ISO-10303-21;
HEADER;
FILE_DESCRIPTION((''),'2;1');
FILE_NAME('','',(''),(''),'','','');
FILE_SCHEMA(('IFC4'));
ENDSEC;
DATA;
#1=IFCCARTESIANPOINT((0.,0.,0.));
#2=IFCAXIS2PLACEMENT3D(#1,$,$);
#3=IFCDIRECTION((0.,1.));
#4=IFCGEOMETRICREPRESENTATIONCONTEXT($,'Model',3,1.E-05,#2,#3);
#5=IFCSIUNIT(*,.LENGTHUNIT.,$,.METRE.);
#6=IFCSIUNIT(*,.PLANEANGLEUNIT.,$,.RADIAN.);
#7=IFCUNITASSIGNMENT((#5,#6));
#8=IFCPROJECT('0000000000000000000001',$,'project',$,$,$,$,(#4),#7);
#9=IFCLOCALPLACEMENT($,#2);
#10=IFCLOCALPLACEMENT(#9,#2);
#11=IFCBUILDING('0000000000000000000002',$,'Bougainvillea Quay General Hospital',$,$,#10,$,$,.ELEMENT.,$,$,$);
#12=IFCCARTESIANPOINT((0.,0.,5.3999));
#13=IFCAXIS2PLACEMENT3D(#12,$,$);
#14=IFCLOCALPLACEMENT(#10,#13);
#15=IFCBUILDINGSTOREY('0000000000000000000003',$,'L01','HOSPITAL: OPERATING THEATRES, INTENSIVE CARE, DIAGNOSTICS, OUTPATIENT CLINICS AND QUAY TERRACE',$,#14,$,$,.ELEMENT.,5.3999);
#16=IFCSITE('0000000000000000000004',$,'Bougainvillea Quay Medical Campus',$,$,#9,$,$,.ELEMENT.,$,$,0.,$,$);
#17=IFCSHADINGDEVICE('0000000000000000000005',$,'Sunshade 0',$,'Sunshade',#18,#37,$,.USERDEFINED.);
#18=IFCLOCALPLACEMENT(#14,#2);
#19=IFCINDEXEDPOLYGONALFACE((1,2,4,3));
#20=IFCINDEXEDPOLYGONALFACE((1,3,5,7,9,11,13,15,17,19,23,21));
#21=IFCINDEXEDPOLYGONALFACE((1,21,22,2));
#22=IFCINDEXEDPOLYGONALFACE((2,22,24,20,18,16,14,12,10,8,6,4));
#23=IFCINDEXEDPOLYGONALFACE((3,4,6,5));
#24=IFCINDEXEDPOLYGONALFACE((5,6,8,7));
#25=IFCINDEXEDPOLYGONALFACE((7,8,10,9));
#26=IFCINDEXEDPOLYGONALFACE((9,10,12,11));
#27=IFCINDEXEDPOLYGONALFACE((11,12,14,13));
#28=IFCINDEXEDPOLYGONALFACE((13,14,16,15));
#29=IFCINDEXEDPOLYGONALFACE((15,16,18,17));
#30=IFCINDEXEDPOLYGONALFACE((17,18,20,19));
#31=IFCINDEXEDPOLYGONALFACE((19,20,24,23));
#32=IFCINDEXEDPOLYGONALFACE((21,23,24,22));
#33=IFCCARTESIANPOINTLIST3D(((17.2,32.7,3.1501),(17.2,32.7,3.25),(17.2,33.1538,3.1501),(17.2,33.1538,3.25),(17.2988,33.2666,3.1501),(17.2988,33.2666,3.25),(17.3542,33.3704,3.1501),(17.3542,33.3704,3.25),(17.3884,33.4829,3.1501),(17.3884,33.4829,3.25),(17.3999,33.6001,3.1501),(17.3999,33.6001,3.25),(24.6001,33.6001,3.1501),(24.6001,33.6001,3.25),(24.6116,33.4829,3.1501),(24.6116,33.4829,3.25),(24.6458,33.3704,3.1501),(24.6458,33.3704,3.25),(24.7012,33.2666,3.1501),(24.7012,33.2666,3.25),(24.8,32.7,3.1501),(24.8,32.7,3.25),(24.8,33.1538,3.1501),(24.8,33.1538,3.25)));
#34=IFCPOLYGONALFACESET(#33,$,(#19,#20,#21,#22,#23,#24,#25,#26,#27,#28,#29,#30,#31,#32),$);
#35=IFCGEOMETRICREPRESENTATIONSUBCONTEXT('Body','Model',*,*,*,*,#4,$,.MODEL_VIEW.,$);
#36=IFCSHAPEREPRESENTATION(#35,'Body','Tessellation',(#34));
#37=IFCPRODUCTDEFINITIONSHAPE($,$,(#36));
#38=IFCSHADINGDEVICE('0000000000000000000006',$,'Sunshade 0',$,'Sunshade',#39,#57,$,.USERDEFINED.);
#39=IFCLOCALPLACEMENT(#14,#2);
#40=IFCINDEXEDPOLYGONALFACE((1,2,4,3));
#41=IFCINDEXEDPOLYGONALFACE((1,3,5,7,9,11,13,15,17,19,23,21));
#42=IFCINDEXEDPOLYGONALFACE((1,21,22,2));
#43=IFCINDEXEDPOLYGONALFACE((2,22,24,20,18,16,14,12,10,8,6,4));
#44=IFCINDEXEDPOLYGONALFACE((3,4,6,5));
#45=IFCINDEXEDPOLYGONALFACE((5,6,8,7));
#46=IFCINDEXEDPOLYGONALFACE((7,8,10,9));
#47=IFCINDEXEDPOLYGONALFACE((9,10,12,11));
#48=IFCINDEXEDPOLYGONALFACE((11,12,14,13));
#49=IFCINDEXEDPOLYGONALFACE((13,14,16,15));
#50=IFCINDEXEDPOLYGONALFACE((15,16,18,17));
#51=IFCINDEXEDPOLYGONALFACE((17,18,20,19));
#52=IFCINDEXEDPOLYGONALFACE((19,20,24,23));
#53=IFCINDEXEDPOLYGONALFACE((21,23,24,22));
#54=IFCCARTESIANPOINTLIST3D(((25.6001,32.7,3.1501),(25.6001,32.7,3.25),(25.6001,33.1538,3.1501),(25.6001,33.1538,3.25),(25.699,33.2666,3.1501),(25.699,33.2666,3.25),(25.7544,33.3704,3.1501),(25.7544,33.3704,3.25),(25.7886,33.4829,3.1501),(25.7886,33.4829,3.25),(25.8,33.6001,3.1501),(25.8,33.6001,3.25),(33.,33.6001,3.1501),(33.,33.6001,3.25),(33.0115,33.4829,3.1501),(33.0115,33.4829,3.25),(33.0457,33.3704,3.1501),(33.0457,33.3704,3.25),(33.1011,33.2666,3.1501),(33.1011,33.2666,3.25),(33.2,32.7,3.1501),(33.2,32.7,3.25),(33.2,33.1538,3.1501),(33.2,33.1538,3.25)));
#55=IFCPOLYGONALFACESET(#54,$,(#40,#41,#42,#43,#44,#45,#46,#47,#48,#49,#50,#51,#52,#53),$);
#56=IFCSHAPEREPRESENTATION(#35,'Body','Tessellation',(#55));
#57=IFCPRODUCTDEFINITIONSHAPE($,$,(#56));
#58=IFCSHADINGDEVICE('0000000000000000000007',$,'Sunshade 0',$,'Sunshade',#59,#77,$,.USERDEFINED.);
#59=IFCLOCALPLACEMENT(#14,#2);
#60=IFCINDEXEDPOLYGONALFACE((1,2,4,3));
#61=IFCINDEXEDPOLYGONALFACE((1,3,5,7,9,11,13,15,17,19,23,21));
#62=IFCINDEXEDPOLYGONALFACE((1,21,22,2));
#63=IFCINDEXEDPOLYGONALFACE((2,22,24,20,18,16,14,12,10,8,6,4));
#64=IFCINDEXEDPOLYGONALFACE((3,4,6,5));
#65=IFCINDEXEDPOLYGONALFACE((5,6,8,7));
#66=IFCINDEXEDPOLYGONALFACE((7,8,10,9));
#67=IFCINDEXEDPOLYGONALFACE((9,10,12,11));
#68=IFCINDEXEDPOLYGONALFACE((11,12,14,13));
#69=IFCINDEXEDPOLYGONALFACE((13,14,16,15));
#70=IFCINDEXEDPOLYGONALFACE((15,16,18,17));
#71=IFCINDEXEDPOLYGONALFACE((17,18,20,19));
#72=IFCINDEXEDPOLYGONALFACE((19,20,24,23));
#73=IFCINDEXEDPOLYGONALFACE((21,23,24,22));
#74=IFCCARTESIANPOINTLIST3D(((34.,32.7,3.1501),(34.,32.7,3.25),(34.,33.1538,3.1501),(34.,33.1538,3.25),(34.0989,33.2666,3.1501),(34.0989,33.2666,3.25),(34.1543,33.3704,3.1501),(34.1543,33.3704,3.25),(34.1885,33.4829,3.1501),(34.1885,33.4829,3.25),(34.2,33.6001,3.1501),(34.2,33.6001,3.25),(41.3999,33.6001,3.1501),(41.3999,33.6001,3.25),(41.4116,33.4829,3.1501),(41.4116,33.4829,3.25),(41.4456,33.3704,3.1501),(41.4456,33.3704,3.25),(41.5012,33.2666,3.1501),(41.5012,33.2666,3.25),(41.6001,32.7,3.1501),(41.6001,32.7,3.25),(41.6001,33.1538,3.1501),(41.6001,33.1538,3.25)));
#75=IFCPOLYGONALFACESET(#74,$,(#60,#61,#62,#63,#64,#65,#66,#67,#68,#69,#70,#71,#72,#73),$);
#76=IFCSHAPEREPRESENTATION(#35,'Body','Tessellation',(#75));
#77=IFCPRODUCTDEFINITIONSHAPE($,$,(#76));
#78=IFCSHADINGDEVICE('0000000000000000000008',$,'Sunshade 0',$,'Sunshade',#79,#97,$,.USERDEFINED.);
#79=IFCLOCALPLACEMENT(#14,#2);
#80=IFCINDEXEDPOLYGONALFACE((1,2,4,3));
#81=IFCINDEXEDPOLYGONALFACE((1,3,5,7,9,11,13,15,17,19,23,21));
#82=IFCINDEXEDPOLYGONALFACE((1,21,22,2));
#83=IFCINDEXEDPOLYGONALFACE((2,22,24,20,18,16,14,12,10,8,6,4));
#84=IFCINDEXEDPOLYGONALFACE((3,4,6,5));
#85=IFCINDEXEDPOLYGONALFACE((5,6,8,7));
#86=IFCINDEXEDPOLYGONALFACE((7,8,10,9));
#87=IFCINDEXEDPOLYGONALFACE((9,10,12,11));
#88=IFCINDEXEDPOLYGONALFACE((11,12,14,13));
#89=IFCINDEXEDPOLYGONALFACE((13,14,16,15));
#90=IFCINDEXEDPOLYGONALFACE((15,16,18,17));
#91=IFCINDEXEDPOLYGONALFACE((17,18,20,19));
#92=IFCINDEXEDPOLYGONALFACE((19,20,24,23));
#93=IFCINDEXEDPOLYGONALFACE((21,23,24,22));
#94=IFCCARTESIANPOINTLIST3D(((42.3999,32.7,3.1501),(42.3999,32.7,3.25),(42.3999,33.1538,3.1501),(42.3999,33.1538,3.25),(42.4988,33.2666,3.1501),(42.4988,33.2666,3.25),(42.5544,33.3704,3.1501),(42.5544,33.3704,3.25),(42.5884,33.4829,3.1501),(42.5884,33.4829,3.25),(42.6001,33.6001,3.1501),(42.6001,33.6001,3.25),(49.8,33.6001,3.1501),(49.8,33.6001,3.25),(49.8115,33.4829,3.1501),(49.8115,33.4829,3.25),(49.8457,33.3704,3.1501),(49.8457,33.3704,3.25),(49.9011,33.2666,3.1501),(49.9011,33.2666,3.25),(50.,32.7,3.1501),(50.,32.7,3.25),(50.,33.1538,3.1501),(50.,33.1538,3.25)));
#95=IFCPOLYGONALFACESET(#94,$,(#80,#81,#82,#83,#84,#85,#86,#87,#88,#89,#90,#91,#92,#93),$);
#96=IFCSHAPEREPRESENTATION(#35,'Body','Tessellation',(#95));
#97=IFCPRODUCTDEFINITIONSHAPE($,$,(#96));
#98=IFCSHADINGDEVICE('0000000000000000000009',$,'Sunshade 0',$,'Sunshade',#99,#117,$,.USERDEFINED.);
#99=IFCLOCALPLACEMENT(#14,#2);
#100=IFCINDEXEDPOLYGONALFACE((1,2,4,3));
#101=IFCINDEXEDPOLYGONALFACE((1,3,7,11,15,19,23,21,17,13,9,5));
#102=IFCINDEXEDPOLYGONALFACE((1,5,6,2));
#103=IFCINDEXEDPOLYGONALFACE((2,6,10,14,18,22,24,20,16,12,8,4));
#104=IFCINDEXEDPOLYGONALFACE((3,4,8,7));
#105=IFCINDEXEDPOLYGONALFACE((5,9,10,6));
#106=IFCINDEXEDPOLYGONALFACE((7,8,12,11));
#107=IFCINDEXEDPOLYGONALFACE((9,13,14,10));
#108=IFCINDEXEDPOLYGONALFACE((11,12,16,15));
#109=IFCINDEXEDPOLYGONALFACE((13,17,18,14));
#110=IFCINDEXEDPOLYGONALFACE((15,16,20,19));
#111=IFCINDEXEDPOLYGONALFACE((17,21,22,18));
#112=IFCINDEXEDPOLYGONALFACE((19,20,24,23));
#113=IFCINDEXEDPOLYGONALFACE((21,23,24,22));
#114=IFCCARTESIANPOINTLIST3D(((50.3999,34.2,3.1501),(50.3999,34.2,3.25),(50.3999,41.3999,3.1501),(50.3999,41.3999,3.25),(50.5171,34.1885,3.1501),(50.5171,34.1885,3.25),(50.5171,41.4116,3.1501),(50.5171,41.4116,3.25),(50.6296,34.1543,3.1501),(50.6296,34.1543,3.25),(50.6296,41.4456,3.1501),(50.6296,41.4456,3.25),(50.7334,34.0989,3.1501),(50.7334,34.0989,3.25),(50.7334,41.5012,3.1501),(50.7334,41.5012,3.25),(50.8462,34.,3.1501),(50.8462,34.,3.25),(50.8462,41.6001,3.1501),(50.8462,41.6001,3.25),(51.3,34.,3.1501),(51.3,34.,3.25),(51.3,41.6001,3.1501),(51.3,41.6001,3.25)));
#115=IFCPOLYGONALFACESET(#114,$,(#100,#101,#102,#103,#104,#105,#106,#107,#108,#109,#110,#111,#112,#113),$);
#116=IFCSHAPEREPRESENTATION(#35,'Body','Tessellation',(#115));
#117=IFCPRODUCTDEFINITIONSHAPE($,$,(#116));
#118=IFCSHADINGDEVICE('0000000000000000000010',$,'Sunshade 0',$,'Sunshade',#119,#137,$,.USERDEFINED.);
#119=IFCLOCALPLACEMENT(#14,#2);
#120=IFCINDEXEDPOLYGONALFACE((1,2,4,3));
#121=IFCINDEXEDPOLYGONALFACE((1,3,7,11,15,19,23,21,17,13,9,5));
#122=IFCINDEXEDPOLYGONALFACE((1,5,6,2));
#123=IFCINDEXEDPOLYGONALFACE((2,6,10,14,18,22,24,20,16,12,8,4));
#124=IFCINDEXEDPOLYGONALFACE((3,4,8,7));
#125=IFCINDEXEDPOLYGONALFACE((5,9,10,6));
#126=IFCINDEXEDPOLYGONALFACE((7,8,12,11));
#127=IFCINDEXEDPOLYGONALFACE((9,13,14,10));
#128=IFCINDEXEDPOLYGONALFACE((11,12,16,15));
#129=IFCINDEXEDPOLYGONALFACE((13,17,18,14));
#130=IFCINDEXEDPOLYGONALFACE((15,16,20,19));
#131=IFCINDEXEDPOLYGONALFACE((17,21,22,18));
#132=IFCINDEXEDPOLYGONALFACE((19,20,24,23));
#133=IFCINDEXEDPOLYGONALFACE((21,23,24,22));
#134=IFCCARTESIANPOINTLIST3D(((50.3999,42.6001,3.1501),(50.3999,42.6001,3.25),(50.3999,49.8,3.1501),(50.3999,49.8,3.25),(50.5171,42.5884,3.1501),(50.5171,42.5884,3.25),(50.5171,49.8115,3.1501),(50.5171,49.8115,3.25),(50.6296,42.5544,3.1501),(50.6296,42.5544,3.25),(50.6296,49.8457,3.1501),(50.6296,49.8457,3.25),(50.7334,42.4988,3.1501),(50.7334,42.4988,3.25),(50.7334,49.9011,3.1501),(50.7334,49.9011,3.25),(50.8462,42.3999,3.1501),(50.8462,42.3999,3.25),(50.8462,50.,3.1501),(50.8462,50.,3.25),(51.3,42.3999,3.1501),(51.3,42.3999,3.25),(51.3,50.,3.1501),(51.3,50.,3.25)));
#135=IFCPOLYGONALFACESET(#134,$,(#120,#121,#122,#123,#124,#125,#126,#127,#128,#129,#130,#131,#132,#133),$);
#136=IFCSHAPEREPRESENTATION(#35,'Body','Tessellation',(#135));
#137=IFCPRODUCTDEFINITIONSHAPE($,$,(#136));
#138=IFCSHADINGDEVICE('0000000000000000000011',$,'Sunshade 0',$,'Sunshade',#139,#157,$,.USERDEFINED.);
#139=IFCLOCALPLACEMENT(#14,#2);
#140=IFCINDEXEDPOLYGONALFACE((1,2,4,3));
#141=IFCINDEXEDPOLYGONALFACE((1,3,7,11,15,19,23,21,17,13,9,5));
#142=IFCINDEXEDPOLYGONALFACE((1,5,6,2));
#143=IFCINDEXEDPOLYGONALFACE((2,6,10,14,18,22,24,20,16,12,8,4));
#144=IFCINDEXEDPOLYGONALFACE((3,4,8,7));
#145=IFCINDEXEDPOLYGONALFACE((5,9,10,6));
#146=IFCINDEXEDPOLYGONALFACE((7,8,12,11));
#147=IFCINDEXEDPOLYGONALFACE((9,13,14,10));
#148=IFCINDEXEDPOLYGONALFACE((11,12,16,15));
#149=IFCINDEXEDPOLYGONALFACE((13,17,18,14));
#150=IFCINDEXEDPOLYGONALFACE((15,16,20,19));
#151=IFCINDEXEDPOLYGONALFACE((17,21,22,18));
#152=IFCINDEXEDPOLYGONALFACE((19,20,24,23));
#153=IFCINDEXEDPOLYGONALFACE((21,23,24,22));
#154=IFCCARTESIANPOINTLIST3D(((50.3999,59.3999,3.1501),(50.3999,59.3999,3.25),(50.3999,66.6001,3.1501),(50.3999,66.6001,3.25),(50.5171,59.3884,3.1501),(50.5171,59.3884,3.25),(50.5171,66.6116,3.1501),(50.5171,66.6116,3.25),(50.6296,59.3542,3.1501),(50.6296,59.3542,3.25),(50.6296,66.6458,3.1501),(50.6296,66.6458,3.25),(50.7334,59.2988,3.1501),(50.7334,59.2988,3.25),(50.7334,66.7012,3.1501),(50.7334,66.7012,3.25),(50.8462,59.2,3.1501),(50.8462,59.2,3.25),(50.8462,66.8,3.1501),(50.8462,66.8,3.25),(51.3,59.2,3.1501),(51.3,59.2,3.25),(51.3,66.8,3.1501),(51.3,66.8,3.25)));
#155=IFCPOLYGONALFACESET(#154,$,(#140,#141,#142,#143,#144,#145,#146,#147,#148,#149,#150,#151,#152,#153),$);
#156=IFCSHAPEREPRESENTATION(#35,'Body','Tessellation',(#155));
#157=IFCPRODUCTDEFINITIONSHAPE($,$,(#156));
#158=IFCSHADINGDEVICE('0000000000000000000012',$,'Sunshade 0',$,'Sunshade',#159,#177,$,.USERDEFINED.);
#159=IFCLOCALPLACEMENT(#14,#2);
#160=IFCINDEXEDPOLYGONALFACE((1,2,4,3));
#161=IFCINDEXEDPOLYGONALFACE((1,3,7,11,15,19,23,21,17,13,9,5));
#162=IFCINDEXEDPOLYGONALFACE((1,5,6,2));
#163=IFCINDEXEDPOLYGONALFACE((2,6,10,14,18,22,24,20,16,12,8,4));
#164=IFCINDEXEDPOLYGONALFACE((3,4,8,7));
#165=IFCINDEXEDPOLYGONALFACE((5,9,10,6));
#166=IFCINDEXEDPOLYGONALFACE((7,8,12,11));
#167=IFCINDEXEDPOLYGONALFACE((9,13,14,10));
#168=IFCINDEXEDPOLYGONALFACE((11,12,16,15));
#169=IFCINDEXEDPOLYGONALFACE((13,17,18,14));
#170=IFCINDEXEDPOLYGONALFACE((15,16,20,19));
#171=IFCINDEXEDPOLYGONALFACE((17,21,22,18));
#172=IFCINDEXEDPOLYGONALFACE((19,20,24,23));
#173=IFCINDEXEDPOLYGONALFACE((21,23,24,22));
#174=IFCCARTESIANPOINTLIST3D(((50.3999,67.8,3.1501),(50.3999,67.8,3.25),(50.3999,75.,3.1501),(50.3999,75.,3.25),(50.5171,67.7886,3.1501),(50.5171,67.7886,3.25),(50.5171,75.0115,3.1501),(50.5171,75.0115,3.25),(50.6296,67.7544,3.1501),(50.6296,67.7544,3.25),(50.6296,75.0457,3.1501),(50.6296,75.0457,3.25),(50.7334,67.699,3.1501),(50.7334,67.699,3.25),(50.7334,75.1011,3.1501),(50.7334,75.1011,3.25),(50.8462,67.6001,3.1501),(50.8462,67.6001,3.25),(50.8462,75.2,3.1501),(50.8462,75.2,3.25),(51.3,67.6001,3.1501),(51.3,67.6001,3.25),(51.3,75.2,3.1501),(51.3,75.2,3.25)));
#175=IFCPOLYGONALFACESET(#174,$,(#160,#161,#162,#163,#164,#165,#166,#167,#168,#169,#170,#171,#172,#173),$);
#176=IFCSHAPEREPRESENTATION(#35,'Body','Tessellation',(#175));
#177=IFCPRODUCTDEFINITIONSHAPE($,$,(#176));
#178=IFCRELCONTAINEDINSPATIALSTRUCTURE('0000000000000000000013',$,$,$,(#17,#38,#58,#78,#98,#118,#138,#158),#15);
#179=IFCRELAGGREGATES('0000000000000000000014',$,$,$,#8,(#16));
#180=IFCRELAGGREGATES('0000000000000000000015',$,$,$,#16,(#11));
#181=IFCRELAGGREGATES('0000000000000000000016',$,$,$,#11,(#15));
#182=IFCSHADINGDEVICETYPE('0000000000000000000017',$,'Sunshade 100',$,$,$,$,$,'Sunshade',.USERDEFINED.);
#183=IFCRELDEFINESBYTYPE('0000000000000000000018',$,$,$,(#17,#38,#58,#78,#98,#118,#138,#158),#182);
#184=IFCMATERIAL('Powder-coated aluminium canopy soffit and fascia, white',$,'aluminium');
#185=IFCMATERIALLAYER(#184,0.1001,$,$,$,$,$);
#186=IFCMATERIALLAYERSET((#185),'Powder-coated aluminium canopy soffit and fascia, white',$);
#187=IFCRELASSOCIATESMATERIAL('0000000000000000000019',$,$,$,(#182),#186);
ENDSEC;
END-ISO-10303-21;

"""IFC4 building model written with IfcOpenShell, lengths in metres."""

from ifc_helpers import new_model, si_unit, direction, frame, origin, place, context, subcontext, project, spatial, polyline, outline, extrude, material, layer, layer_set, type_object, element, save


model = new_model("IFC4")

# Units and contexts
model_context = context("Model", 3, precision=1e-05, world=origin(), true_north=direction((0.0, 1.0)))
body_context = subcontext(model_context, "Body", "Model", "MODEL_VIEW")
ifc_project = project(units=[si_unit("LENGTHUNIT", "METRE"), si_unit("PLANEANGLEUNIT", "RADIAN")], contexts=[model_context])

# Site, building, storey
site_placement = place(None, origin())
site = spatial("IfcSite", under=ifc_project, at=site_placement, Name="Bougainvillea Quay Medical Campus", CompositionType="ELEMENT", RefElevation=0.0)
building_placement = place(site_placement, origin())
building = spatial("IfcBuilding", under=site, at=building_placement, Name="Bougainvillea Quay General Hospital", CompositionType="ELEMENT")
storey_placement = place(building_placement, frame((0.0, 0.0, 5.3999)))
storey = spatial("IfcBuildingStorey", under=building, at=storey_placement, Name="L01", Description="HOSPITAL: OPERATING THEATRES, INTENSIVE CARE, DIAGNOSTICS, OUTPATIENT CLINICS AND QUAY TERRACE", CompositionType="ELEMENT", Elevation=5.3999)

# Shading devices
ifc_material_1 = material(Name="Powder-coated aluminium canopy soffit and fascia, white", Category="aluminium")
ifc_layer_1 = layer(ifc_material_1, 0.1001)
ifc_layer_set_1 = layer_set([ifc_layer_1], Name="Powder-coated aluminium canopy soffit and fascia, white")
shading_device_type = type_object("IfcShadingDeviceType", Name="Sunshade 100", ElementType="Sunshade", PredefinedType="USERDEFINED", material=ifc_layer_set_1)
shading_device_1_placement = place(storey_placement, frame((0.0, 0.0, 3.1501)))
element("IfcShadingDevice", 1, at=shading_device_1_placement, inside=storey, type_object=shading_device_type, Name="Sunshade 0", ObjectType="Sunshade", PredefinedType="USERDEFINED", context=body_context, shape_type="SweptSolid", body=[
    extrude(outline(polyline([(24.6001, 33.6001), (17.3999, 33.6001), (17.3884, 33.4829), (17.3542, 33.3704), (17.2988, 33.2666), (17.2, 33.1538), (17.2, 32.7), (24.8, 32.7), (24.8, 33.1538), (24.7012, 33.2666), (24.6458, 33.3704), (24.6116, 33.4829), (24.6001, 33.6001)])), origin(), (0.0, 0.0, 1.0), 0.0999),
])
shading_device_2_placement = place(storey_placement, frame((0.0, 0.0, 3.1501)))
element("IfcShadingDevice", 2, at=shading_device_2_placement, inside=storey, type_object=shading_device_type, Name="Sunshade 0", ObjectType="Sunshade", PredefinedType="USERDEFINED", context=body_context, shape_type="SweptSolid", body=[
    extrude(outline(polyline([(33.0, 33.6001), (25.8, 33.6001), (25.7886, 33.4829), (25.7544, 33.3704), (25.699, 33.2666), (25.6001, 33.1538), (25.6001, 32.7), (33.2, 32.7), (33.2, 33.1538), (33.1011, 33.2666), (33.0457, 33.3704), (33.0115, 33.4829), (33.0, 33.6001)])), origin(), (0.0, 0.0, 1.0), 0.0999),
])
shading_device_3_placement = place(storey_placement, frame((0.0, 0.0, 3.1501)))
element("IfcShadingDevice", 3, at=shading_device_3_placement, inside=storey, type_object=shading_device_type, Name="Sunshade 0", ObjectType="Sunshade", PredefinedType="USERDEFINED", context=body_context, shape_type="SweptSolid", body=[
    extrude(outline(polyline([(41.3999, 33.6001), (34.2, 33.6001), (34.1885, 33.4829), (34.1543, 33.3704), (34.0989, 33.2666), (34.0, 33.1538), (34.0, 32.7), (41.6001, 32.7), (41.6001, 33.1538), (41.5012, 33.2666), (41.4456, 33.3704), (41.4116, 33.4829), (41.3999, 33.6001)])), origin(), (0.0, 0.0, 1.0), 0.0999),
])
shading_device_4_placement = place(storey_placement, frame((0.0, 0.0, 3.1501)))
element("IfcShadingDevice", 4, at=shading_device_4_placement, inside=storey, type_object=shading_device_type, Name="Sunshade 0", ObjectType="Sunshade", PredefinedType="USERDEFINED", context=body_context, shape_type="SweptSolid", body=[
    extrude(outline(polyline([(49.8, 33.6001), (42.6001, 33.6001), (42.5884, 33.4829), (42.5544, 33.3704), (42.4988, 33.2666), (42.3999, 33.1538), (42.3999, 32.7), (50.0, 32.7), (50.0, 33.1538), (49.9011, 33.2666), (49.8457, 33.3704), (49.8115, 33.4829), (49.8, 33.6001)])), origin(), (0.0, 0.0, 1.0), 0.0999),
])
shading_device_5_placement = place(storey_placement, frame((0.0, 0.0, 3.1501)))
element("IfcShadingDevice", 5, at=shading_device_5_placement, inside=storey, type_object=shading_device_type, Name="Sunshade 0", ObjectType="Sunshade", PredefinedType="USERDEFINED", context=body_context, shape_type="SweptSolid", body=[
    extrude(outline(polyline([(50.3999, 41.3999), (50.3999, 34.2), (50.5171, 34.1885), (50.6296, 34.1543), (50.7334, 34.0989), (50.8462, 34.0), (51.3, 34.0), (51.3, 41.6001), (50.8462, 41.6001), (50.7334, 41.5012), (50.6296, 41.4456), (50.5171, 41.4116), (50.3999, 41.3999)])), origin(), (0.0, 0.0, 1.0), 0.0999),
])
shading_device_6_placement = place(storey_placement, frame((0.0, 0.0, 3.1501)))
element("IfcShadingDevice", 6, at=shading_device_6_placement, inside=storey, type_object=shading_device_type, Name="Sunshade 0", ObjectType="Sunshade", PredefinedType="USERDEFINED", context=body_context, shape_type="SweptSolid", body=[
    extrude(outline(polyline([(50.3999, 49.8), (50.3999, 42.6001), (50.5171, 42.5884), (50.6296, 42.5544), (50.7334, 42.4988), (50.8462, 42.3999), (51.3, 42.3999), (51.3, 50.0), (50.8462, 50.0), (50.7334, 49.9011), (50.6296, 49.8457), (50.5171, 49.8115), (50.3999, 49.8)])), origin(), (0.0, 0.0, 1.0), 0.0999),
])
shading_device_7_placement = place(storey_placement, frame((0.0, 0.0, 3.1501)))
element("IfcShadingDevice", 7, at=shading_device_7_placement, inside=storey, type_object=shading_device_type, Name="Sunshade 0", ObjectType="Sunshade", PredefinedType="USERDEFINED", context=body_context, shape_type="SweptSolid", body=[
    extrude(outline(polyline([(50.3999, 66.6001), (50.3999, 59.3999), (50.5171, 59.3884), (50.6296, 59.3542), (50.7334, 59.2988), (50.8462, 59.2), (51.3, 59.2), (51.3, 66.8), (50.8462, 66.8), (50.7334, 66.7012), (50.6296, 66.6458), (50.5171, 66.6116), (50.3999, 66.6001)])), origin(), (0.0, 0.0, 1.0), 0.0999),
])
shading_device_8_placement = place(storey_placement, frame((0.0, 0.0, 3.1501)))
element("IfcShadingDevice", 8, at=shading_device_8_placement, inside=storey, type_object=shading_device_type, Name="Sunshade 0", ObjectType="Sunshade", PredefinedType="USERDEFINED", context=body_context, shape_type="SweptSolid", body=[
    extrude(outline(polyline([(50.3999, 75.0), (50.3999, 67.8), (50.5171, 67.7886), (50.6296, 67.7544), (50.7334, 67.699), (50.8462, 67.6001), (51.3, 67.6001), (51.3, 75.2), (50.8462, 75.2), (50.7334, 75.1011), (50.6296, 75.0457), (50.5171, 75.0115), (50.3999, 75.0)])), origin(), (0.0, 0.0, 1.0), 0.0999),
])

save(model, "model.ifc")
